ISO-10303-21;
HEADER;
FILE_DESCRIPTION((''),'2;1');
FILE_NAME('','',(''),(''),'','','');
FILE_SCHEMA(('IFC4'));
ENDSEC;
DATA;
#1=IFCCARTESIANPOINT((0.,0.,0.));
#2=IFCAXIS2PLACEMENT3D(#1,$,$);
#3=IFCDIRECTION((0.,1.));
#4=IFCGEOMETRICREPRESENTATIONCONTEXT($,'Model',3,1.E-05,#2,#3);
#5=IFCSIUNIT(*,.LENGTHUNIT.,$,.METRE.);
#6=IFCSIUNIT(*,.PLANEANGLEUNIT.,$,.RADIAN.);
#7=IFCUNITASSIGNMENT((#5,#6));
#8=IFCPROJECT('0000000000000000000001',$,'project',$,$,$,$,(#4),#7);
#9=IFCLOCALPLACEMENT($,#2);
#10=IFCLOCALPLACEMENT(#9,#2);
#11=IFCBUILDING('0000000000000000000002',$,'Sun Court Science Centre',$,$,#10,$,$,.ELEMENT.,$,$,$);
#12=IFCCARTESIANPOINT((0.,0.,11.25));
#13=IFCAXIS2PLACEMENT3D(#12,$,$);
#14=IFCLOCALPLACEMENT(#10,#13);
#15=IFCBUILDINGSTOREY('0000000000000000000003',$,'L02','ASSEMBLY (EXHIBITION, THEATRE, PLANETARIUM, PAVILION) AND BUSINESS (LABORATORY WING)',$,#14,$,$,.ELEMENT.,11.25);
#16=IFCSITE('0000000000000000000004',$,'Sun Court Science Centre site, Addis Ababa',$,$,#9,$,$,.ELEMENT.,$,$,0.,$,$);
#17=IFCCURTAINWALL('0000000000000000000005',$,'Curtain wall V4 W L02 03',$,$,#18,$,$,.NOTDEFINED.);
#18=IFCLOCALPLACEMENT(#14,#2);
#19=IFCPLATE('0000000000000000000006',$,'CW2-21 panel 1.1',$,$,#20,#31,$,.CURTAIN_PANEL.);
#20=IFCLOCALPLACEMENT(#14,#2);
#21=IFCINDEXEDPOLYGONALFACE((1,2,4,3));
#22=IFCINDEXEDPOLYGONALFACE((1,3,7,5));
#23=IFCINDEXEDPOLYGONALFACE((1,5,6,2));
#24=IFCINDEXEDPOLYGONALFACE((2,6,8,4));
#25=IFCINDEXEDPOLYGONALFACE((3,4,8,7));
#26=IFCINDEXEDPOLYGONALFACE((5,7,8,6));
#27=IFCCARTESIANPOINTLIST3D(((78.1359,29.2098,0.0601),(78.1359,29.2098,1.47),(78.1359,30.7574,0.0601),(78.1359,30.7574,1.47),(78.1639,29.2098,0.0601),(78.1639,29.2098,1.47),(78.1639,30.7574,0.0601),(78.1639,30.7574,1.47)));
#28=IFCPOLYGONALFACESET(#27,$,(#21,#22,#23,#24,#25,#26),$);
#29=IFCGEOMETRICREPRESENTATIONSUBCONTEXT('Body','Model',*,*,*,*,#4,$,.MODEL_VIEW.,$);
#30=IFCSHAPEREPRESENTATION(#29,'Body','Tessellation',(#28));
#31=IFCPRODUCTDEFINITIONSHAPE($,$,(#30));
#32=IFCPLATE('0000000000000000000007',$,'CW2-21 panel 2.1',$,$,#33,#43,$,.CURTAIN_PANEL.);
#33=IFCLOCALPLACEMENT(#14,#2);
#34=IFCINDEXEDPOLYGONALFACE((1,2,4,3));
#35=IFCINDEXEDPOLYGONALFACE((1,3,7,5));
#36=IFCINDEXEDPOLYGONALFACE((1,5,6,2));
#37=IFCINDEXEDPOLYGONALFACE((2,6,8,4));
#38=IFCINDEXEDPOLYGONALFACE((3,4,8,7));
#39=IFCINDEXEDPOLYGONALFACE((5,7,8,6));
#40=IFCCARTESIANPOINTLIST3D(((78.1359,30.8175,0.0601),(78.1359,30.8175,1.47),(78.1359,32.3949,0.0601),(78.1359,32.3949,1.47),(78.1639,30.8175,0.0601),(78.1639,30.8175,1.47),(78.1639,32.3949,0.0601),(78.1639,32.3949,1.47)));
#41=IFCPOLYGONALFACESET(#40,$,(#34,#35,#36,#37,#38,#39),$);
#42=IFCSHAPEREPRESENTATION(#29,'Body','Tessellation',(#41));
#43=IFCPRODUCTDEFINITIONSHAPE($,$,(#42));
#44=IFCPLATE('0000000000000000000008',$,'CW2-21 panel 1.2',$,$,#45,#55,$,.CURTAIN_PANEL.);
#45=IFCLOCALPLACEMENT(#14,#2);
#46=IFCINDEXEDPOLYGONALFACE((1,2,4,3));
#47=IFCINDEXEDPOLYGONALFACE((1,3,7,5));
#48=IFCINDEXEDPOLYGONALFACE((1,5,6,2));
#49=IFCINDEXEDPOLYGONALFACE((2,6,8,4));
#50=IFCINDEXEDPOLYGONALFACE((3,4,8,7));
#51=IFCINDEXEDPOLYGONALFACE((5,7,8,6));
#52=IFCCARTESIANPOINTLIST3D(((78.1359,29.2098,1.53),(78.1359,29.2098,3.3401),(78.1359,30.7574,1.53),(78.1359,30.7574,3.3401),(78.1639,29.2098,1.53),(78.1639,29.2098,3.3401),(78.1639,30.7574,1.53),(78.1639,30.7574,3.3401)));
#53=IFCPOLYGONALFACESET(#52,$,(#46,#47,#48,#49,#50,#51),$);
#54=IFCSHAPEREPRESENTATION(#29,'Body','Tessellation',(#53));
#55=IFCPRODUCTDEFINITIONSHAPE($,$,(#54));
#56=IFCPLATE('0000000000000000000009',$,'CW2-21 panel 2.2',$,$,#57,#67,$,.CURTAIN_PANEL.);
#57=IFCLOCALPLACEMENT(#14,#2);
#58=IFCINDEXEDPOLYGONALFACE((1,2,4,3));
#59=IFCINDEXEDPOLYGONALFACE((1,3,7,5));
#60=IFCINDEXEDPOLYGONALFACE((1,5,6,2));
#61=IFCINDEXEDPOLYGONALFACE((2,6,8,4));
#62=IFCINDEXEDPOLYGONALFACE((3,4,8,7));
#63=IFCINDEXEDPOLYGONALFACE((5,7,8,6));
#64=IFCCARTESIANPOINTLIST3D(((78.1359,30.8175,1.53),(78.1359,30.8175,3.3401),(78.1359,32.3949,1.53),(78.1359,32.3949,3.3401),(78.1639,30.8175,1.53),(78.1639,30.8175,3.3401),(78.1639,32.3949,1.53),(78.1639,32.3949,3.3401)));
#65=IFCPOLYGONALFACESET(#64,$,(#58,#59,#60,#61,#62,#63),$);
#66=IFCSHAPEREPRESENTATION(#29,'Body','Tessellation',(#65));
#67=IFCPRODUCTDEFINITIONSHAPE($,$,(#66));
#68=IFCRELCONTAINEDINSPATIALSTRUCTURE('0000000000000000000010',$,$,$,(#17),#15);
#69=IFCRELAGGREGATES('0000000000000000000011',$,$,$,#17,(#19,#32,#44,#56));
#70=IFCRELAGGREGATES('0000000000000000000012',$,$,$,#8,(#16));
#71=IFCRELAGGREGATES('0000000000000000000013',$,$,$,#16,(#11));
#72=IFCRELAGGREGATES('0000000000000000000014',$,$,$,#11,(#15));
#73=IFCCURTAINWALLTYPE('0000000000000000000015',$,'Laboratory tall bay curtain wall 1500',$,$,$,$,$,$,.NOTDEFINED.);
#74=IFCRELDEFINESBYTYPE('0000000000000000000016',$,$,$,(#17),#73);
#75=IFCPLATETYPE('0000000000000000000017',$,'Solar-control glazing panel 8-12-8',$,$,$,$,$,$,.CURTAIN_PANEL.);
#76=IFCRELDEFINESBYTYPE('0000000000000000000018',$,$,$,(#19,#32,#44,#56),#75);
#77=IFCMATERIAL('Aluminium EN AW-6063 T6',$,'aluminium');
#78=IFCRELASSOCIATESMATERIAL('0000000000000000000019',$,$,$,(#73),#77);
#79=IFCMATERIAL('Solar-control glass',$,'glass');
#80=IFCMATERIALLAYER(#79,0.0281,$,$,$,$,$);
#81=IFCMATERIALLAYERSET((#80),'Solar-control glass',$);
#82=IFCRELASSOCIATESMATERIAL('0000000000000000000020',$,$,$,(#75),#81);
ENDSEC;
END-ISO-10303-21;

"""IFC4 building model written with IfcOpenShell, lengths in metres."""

from ifc_helpers import new_model, si_unit, direction, frame, origin, origin_2d, place, context, subcontext, project, spatial, rectangle, extrude, material, layer, layer_set, type_object, element, aggregate, save


model = new_model("IFC4")

# Units and contexts
model_context = context("Model", 3, precision=1e-05, world=origin(), true_north=direction((0.0, 1.0)))
body_context = subcontext(model_context, "Body", "Model", "MODEL_VIEW")
ifc_project = project(units=[si_unit("LENGTHUNIT", "METRE"), si_unit("PLANEANGLEUNIT", "RADIAN")], contexts=[model_context])

# Site, building, storey
site_placement = place(None, origin())
site = spatial("IfcSite", under=ifc_project, at=site_placement, Name="Sun Court Science Centre site, Addis Ababa", CompositionType="ELEMENT", RefElevation=0.0)
building_placement = place(site_placement, origin())
building = spatial("IfcBuilding", under=site, at=building_placement, Name="Sun Court Science Centre", CompositionType="ELEMENT")
storey_placement = place(building_placement, frame((0.0, 0.0, 11.25)))
storey = spatial("IfcBuildingStorey", under=building, at=storey_placement, Name="L02", Description="ASSEMBLY (EXHIBITION, THEATRE, PLANETARIUM, PAVILION) AND BUSINESS (LABORATORY WING)", CompositionType="ELEMENT", Elevation=11.25)

# Curtain wall
ifc_material_1 = material(Name="Aluminium EN AW-6063 T6", Category="aluminium")
curtain_wall_type = type_object("IfcCurtainWallType", Name="Laboratory tall bay curtain wall 1500", PredefinedType="NOTDEFINED", material=ifc_material_1)
curtain_wall_1_placement = place(storey_placement, origin())
curtain_wall_1 = element("IfcCurtainWall", 1, at=curtain_wall_1_placement, inside=storey, type_object=curtain_wall_type, Name="Curtain wall V4 W L02 03", PredefinedType="NOTDEFINED")

# Plates
ifc_material_2 = material(Name="Solar-control glass", Category="glass")
ifc_layer = layer(ifc_material_2, 0.0281)
ifc_layer_set = layer_set([ifc_layer], Name="Solar-control glass")
plate_type = type_object("IfcPlateType", Name="Solar-control glazing panel 8-12-8", PredefinedType="CURTAIN_PANEL", material=ifc_layer_set)
plate_1_placement = place(storey_placement, frame((78.1499, 29.9836, 0.0601), z_axis=(0.0, 0.0, 1.0), x_axis=(0.0, 1.0, 0.0)))
plate_1 = element("IfcPlate", 2, at=plate_1_placement, type_object=plate_type, Name="CW2-21 panel 1.1", PredefinedType="CURTAIN_PANEL", context=body_context, shape_type="SweptSolid", body=[
    extrude(rectangle(XDim=1.5476, YDim=0.0281, at=origin_2d()), origin(), (0.0, 0.0, 1.0), 1.4099),
])
plate_2_placement = place(storey_placement, frame((78.1499, 31.6062, 0.0601), z_axis=(0.0, 0.0, 1.0), x_axis=(0.0, 1.0, 0.0)))
plate_2 = element("IfcPlate", 3, at=plate_2_placement, type_object=plate_type, Name="CW2-21 panel 2.1", PredefinedType="CURTAIN_PANEL", context=body_context, shape_type="SweptSolid", body=[
    extrude(rectangle(XDim=1.5774, YDim=0.0281, at=origin_2d()), origin(), (0.0, 0.0, 1.0), 1.4099),
])
plate_3_placement = place(storey_placement, frame((78.1499, 29.9836, 1.53), z_axis=(0.0, 0.0, 1.0), x_axis=(0.0, 1.0, 0.0)))
plate_3 = element("IfcPlate", 4, at=plate_3_placement, type_object=plate_type, Name="CW2-21 panel 1.2", PredefinedType="CURTAIN_PANEL", context=body_context, shape_type="SweptSolid", body=[
    extrude(rectangle(XDim=1.5476, YDim=0.0281, at=origin_2d()), origin(), (0.0, 0.0, 1.0), 1.8101),
])
plate_4_placement = place(storey_placement, frame((78.1499, 31.6062, 1.53), z_axis=(0.0, 0.0, 1.0), x_axis=(0.0, 1.0, 0.0)))
plate_4 = element("IfcPlate", 5, at=plate_4_placement, type_object=plate_type, Name="CW2-21 panel 2.2", PredefinedType="CURTAIN_PANEL", context=body_context, shape_type="SweptSolid", body=[
    extrude(rectangle(XDim=1.5774, YDim=0.0281, at=origin_2d()), origin(), (0.0, 0.0, 1.0), 1.8101),
])
aggregate(curtain_wall_1, [plate_1, plate_2, plate_3, plate_4])

save(model, "model.ifc")
